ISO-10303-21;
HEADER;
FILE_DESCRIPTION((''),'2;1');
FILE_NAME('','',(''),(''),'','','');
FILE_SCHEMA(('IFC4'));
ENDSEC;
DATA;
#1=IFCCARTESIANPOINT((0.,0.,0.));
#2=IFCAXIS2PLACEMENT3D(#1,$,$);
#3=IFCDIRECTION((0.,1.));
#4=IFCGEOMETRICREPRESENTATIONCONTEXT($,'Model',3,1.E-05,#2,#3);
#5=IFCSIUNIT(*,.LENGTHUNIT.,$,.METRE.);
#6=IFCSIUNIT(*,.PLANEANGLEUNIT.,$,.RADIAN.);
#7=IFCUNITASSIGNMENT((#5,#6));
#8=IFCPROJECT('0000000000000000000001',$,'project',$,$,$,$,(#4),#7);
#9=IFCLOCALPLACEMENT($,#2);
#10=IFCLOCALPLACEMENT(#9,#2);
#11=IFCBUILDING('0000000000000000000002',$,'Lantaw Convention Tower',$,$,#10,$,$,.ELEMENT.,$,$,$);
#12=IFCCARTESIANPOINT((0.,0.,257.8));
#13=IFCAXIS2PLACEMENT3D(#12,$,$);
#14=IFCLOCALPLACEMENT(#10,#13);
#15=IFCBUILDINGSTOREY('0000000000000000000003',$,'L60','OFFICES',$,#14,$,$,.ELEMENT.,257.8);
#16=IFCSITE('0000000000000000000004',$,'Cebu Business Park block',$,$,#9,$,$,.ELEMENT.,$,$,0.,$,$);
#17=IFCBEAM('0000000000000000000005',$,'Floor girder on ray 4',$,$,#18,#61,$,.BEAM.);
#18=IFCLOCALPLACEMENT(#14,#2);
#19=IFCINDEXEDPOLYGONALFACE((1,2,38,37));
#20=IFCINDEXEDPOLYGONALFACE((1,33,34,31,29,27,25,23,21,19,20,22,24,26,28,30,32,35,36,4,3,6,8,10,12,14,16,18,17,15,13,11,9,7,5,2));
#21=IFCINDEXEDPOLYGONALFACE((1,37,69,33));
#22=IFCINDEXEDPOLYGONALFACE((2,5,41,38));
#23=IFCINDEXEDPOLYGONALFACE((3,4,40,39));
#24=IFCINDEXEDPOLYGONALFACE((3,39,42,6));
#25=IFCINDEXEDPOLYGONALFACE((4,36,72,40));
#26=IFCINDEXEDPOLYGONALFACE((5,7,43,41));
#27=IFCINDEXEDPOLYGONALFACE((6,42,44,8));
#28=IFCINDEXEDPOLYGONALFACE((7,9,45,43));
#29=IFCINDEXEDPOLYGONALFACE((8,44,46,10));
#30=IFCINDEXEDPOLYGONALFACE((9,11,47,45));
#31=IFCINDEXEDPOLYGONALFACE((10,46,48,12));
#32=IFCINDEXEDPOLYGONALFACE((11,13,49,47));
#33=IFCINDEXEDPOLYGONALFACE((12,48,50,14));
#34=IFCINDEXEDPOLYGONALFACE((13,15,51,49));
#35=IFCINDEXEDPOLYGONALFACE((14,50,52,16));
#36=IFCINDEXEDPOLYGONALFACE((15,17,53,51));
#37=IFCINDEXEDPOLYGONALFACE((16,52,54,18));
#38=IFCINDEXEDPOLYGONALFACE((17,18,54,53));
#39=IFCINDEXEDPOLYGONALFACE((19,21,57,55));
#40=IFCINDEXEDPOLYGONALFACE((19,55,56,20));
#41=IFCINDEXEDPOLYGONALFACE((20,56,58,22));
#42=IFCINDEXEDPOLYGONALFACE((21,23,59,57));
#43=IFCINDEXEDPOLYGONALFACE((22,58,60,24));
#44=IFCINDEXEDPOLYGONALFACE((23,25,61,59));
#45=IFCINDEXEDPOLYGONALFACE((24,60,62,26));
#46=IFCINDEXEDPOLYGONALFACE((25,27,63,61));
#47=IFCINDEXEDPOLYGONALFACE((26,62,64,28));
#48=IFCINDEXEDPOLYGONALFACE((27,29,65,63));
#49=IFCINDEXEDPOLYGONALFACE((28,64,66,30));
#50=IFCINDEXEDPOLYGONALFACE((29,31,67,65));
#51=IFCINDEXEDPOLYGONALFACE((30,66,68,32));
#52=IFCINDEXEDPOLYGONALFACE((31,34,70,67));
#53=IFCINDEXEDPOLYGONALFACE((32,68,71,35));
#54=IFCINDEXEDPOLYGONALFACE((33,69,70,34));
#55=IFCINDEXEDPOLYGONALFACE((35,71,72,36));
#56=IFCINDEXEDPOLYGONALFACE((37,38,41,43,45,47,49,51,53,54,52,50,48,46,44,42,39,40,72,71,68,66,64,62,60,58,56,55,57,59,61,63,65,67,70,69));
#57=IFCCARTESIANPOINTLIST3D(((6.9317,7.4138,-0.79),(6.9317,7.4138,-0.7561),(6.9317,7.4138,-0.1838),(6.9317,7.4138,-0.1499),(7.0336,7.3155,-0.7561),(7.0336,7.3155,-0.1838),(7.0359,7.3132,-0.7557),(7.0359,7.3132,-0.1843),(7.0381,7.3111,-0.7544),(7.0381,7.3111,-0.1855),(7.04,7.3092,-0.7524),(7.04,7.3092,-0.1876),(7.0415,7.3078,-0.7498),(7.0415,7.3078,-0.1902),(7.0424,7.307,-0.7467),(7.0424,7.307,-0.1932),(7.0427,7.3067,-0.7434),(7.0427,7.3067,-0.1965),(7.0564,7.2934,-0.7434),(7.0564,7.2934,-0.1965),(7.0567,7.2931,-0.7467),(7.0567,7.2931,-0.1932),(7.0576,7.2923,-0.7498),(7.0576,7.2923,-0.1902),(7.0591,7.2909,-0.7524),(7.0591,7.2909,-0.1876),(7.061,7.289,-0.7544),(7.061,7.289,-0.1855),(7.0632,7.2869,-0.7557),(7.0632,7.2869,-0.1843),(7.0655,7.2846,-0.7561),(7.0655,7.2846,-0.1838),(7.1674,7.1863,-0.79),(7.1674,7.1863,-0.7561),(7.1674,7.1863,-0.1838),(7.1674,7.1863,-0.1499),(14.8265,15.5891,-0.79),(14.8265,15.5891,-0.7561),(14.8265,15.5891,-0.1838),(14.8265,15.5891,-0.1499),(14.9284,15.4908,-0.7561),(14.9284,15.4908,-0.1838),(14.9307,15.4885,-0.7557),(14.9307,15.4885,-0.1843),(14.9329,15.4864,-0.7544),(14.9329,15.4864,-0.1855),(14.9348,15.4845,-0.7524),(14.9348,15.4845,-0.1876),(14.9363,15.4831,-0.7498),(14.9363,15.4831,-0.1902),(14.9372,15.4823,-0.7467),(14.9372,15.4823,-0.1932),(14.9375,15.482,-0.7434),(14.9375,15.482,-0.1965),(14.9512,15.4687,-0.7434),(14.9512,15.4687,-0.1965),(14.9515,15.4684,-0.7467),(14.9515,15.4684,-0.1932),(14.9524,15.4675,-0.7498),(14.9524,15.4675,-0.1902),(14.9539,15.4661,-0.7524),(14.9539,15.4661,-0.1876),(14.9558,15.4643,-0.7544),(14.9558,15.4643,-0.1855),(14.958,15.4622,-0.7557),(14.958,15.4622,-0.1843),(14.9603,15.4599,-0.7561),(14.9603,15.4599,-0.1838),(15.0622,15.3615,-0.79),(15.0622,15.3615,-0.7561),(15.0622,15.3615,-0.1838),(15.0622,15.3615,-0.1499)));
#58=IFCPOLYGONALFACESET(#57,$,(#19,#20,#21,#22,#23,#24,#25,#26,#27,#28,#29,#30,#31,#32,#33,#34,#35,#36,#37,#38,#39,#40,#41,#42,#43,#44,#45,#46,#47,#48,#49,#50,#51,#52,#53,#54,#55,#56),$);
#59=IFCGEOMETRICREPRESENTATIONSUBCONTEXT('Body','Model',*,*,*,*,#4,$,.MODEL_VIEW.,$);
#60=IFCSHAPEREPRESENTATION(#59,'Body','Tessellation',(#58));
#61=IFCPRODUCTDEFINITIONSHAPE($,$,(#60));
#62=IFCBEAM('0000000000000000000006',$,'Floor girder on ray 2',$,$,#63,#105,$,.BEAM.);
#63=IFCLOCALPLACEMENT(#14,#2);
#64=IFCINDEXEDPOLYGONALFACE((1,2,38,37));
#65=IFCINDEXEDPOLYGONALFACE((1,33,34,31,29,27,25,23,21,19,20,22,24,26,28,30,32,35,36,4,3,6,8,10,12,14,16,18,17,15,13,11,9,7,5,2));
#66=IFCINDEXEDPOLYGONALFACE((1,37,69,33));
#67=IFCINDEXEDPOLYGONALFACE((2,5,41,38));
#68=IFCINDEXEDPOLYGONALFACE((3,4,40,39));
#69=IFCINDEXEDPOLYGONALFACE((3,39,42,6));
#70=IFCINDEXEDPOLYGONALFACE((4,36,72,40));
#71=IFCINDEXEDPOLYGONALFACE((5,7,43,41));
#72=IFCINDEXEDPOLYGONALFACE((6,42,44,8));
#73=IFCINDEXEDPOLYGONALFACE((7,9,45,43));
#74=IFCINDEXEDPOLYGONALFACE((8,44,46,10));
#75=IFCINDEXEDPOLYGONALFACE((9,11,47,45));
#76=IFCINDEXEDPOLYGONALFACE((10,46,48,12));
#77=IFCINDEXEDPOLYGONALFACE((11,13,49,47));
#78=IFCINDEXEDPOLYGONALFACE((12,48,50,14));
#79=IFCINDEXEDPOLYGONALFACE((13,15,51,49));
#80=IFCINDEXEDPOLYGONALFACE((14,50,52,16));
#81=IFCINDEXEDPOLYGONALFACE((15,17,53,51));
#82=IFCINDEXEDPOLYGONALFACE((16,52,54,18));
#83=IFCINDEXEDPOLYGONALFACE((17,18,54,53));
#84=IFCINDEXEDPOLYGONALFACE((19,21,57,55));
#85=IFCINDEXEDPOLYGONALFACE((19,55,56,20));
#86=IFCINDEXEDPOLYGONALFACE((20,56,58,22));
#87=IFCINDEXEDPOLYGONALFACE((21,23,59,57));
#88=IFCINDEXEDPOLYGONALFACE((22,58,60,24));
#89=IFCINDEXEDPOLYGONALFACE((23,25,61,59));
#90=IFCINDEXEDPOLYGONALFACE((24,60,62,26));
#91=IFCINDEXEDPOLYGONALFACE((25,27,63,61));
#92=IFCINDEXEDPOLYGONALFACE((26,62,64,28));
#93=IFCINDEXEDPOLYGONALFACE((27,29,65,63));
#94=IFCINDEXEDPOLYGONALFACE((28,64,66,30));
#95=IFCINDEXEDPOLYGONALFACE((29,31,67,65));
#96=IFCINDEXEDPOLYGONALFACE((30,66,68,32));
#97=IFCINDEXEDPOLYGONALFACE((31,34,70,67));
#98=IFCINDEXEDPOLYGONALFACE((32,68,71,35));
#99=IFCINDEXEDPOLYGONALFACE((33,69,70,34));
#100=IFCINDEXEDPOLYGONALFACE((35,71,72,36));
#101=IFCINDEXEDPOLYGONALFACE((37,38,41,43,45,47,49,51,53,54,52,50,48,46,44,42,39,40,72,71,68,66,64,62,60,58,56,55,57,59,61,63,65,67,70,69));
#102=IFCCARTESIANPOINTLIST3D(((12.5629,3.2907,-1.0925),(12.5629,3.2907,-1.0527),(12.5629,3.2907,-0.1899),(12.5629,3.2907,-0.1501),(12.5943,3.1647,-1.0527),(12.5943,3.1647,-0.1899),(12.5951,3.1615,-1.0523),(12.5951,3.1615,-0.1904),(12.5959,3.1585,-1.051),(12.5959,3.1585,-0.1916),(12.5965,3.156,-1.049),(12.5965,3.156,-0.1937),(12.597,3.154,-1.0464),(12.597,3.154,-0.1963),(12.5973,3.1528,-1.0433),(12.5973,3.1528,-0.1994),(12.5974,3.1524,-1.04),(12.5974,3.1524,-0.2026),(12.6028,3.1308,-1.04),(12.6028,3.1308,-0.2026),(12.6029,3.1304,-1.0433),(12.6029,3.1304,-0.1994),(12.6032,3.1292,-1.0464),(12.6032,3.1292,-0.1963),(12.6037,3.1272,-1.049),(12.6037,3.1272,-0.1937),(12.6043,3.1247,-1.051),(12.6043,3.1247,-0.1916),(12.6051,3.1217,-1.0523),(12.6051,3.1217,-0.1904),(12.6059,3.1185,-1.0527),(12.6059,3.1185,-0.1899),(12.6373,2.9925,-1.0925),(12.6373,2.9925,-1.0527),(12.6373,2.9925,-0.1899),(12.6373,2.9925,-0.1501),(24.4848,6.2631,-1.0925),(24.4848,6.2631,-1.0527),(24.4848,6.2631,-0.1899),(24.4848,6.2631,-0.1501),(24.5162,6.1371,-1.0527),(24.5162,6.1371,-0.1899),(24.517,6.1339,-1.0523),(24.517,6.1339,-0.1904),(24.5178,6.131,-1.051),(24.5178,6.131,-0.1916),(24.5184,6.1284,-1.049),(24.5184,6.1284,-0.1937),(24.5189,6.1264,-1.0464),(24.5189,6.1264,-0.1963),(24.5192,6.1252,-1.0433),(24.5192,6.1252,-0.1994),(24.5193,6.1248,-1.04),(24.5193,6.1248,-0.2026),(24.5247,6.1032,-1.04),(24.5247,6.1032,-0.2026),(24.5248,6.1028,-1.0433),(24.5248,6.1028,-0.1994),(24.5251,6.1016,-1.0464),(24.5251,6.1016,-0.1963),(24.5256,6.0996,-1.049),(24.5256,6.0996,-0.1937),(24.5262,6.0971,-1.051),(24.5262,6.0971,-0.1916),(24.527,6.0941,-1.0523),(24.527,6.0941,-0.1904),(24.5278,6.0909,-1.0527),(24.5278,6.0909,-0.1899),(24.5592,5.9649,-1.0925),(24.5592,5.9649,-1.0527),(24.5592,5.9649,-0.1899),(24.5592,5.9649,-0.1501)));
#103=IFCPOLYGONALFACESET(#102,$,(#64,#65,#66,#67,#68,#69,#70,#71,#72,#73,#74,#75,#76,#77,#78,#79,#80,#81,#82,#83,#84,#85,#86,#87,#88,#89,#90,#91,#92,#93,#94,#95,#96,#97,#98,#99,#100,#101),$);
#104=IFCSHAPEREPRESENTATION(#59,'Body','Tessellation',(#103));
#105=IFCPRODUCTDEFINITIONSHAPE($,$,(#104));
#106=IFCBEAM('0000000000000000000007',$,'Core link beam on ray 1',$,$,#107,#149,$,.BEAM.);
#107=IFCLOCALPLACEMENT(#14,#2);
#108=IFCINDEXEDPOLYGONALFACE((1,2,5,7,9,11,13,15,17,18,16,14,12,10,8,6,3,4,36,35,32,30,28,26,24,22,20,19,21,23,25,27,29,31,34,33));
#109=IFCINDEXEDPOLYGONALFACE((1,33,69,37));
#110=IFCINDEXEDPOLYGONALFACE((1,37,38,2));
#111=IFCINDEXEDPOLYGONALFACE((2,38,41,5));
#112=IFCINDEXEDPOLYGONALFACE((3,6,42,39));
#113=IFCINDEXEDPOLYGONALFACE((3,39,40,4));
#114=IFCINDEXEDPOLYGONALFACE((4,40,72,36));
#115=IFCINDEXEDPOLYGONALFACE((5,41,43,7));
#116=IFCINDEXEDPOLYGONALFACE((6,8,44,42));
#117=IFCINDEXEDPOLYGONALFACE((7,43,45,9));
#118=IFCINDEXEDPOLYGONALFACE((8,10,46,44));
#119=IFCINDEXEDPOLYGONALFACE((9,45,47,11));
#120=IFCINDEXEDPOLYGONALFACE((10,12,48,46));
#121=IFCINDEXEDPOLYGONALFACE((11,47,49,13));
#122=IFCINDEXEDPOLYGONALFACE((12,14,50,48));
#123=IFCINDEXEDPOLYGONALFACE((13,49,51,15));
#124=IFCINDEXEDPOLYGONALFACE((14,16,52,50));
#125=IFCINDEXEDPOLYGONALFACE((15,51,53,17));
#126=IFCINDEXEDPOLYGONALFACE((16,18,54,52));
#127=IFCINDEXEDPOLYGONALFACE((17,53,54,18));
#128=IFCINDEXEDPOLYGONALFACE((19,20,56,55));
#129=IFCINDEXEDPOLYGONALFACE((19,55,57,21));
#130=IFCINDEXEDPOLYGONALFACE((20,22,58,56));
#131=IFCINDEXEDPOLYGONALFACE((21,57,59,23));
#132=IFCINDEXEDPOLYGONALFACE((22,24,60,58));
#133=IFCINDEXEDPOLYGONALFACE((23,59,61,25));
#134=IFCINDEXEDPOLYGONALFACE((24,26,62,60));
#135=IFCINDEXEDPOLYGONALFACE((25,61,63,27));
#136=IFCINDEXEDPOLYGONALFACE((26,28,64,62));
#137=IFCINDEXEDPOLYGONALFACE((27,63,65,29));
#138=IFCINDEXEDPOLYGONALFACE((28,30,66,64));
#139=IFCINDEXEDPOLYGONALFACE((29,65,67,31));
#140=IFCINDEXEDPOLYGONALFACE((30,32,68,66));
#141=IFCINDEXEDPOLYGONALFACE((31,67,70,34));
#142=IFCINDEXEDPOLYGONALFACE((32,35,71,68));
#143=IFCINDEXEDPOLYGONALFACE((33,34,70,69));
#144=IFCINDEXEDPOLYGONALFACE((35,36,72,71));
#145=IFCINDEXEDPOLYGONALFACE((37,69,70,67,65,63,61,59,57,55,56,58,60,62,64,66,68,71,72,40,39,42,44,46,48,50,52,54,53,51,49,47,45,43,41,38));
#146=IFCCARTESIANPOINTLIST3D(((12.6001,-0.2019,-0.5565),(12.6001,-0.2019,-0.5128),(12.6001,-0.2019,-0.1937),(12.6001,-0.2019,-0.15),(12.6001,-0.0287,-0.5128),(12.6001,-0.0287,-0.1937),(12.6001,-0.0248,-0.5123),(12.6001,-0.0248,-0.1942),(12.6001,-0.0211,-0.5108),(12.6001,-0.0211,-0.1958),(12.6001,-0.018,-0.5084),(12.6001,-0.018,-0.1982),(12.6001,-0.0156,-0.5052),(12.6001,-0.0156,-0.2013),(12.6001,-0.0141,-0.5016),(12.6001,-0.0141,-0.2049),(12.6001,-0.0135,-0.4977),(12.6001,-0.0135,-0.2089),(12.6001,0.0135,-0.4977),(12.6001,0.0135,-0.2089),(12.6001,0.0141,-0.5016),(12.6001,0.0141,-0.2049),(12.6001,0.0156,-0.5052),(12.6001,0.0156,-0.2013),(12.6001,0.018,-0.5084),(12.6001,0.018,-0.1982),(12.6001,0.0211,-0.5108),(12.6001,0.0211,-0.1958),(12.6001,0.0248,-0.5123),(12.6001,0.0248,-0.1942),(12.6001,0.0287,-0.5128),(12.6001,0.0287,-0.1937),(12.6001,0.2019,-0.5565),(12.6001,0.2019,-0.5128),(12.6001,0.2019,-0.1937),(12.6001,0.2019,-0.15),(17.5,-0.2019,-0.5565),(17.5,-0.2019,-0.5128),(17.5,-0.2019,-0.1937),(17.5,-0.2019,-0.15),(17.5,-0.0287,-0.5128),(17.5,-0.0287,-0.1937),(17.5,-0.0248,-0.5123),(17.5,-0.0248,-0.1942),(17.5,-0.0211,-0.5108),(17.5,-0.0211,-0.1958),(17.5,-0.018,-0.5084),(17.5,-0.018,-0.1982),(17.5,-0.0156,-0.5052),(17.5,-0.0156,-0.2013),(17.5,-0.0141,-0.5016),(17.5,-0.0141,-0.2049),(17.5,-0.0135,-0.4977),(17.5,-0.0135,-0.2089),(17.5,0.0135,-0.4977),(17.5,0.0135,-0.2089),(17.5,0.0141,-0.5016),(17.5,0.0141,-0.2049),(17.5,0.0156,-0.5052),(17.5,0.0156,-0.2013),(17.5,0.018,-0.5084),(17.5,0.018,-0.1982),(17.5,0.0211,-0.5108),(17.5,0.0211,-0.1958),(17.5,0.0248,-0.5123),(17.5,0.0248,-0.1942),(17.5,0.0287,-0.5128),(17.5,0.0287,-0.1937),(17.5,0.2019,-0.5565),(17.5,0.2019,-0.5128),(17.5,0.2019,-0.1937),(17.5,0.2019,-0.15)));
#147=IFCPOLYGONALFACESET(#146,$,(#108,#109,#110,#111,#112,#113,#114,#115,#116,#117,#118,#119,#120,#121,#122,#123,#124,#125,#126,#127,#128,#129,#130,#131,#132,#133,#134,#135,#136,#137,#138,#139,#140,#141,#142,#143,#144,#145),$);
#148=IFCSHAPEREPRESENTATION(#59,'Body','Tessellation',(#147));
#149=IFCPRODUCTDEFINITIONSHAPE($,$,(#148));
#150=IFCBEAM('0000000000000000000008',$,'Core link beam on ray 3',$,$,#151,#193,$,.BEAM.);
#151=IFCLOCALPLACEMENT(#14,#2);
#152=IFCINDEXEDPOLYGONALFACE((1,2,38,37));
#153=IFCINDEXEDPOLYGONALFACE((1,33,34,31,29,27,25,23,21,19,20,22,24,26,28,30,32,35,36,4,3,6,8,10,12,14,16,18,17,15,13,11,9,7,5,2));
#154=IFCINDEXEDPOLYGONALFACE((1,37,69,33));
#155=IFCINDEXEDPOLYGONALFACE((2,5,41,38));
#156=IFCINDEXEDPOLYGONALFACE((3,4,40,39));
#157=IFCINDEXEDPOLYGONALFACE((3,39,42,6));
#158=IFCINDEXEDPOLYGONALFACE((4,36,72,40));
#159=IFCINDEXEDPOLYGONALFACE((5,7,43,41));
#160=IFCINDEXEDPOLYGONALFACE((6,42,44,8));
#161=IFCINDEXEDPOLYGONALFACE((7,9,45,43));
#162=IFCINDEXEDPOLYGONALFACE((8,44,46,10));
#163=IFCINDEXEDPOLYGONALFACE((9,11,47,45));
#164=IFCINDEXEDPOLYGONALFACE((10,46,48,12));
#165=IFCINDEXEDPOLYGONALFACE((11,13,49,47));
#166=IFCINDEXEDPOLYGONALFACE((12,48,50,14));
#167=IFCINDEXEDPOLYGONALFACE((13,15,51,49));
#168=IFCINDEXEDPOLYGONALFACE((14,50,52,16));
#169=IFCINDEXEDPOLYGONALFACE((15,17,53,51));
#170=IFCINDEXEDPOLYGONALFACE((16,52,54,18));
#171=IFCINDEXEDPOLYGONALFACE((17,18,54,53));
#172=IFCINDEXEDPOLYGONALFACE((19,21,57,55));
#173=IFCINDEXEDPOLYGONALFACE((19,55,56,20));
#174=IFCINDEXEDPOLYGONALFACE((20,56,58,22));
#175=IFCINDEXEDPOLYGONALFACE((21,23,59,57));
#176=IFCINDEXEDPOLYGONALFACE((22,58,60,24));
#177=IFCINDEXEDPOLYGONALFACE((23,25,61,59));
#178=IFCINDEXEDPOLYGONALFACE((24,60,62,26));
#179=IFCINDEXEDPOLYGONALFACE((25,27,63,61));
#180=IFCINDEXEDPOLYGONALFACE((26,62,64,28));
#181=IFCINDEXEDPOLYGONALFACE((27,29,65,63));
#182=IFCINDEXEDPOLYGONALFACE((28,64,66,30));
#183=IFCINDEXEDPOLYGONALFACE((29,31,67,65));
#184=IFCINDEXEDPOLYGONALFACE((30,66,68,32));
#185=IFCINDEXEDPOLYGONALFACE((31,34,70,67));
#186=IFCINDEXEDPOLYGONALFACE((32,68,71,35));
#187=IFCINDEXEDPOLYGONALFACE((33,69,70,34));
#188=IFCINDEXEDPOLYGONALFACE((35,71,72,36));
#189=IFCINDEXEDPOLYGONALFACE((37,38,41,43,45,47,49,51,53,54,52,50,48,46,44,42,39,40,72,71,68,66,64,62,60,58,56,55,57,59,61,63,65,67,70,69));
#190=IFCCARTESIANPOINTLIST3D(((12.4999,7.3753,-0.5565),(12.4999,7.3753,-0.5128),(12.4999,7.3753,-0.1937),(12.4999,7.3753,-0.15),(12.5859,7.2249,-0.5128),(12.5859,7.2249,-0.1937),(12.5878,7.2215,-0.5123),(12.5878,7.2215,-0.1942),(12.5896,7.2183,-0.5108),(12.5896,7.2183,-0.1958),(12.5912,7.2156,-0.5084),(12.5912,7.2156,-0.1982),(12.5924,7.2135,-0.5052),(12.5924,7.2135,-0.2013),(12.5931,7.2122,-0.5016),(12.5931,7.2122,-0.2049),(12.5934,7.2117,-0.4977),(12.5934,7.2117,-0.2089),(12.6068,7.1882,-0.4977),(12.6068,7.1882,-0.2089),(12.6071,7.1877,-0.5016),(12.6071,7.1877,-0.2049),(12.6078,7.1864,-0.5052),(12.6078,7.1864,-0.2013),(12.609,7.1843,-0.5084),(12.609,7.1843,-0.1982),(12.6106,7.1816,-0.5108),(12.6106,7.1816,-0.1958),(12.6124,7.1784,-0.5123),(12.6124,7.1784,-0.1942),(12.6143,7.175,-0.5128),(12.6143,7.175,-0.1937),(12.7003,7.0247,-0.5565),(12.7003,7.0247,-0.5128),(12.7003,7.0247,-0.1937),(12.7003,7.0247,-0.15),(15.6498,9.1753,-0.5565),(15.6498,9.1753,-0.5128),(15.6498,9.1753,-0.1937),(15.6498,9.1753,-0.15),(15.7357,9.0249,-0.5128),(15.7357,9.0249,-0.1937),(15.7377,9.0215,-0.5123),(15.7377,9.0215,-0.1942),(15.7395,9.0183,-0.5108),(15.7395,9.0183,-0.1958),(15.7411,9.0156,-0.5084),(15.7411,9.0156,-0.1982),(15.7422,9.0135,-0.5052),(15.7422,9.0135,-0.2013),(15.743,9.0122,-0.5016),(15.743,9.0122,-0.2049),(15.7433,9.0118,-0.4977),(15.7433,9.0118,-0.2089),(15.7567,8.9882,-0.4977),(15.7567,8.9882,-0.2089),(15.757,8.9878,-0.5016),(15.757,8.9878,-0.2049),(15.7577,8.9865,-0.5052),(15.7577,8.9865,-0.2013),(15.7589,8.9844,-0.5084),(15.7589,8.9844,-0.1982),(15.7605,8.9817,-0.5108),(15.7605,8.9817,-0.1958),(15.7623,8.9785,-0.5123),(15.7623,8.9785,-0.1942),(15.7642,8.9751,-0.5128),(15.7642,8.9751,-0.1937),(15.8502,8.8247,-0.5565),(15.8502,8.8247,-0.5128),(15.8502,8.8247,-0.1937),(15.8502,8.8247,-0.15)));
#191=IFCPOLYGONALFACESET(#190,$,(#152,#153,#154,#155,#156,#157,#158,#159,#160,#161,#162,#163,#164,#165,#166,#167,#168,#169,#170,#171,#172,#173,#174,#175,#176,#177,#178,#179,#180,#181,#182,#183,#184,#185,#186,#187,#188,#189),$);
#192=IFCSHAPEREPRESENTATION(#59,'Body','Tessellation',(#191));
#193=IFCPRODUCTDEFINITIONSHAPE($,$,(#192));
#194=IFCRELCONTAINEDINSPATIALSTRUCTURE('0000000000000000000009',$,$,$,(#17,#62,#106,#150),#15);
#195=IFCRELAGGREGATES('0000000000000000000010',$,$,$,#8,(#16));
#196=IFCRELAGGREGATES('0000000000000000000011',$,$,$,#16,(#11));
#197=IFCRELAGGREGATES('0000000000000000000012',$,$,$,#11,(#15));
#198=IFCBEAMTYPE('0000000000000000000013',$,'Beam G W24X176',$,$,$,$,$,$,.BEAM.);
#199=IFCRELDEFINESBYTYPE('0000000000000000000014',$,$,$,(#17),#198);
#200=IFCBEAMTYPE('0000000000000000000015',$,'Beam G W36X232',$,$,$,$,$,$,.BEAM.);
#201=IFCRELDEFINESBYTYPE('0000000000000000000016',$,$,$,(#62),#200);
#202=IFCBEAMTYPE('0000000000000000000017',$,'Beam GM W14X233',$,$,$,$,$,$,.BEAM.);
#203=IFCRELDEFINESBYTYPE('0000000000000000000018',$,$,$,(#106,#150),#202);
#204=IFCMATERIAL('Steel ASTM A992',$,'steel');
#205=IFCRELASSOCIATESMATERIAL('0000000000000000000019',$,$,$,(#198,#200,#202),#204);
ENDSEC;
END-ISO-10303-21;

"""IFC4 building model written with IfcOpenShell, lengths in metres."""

from ifc_helpers import new_model, si_unit, direction, frame, origin, origin_2d, place, context, subcontext, project, spatial, i_section, extrude, material, material_profile, profile_set, type_object, element, save


model = new_model("IFC4")

# Units and contexts
model_context = context("Model", 3, precision=1e-05, world=origin(), true_north=direction((0.0, 1.0)))
body_context = subcontext(model_context, "Body", "Model", "MODEL_VIEW")
ifc_project = project(units=[si_unit("LENGTHUNIT", "METRE"), si_unit("PLANEANGLEUNIT", "RADIAN")], contexts=[model_context])

# Site, building, storey
site_placement = place(None, origin())
site = spatial("IfcSite", under=ifc_project, at=site_placement, Name="Cebu Business Park block", CompositionType="ELEMENT", RefElevation=0.0)
building_placement = place(site_placement, origin())
building = spatial("IfcBuilding", under=site, at=building_placement, Name="Lantaw Convention Tower", CompositionType="ELEMENT")
storey_placement = place(building_placement, frame((0.0, 0.0, 257.8)))
storey = spatial("IfcBuildingStorey", under=building, at=storey_placement, Name="L60", Description="OFFICES", CompositionType="ELEMENT", Elevation=257.8)

# Beams
ifc_material_1 = material(Name="Steel ASTM A992", Category="steel")
ifc_material_profile_1 = material_profile(ifc_material_1, i_section(OverallWidth=0.3276, OverallDepth=0.6401, WebThickness=0.019, FlangeThickness=0.0339, FilletRadius=0.0127, at=origin_2d()), Name="W24X176")
ifc_profile_set_1 = profile_set([ifc_material_profile_1], Name="Steel ASTM A992")
beam_type_1 = type_object("IfcBeamType", Name="Beam G W24X176", PredefinedType="BEAM", material=ifc_profile_set_1)
beam_1_placement = place(storey_placement, frame((7.0496, 7.3, -0.47), z_axis=(0.694658, 0.71934, 0.0), x_axis=(-0.71934, 0.694658, 0.0)))
element("IfcBeam", 1, at=beam_1_placement, inside=storey, type_object=beam_type_1, Name="Floor girder on ray 4", PredefinedType="BEAM", context=body_context, shape_type="SweptSolid", body=[
    extrude(i_section(OverallWidth=0.3276, OverallDepth=0.6401, WebThickness=0.019, FlangeThickness=0.0339, FilletRadius=0.0127, at=origin_2d()), origin(), (0.0, 0.0, 1.0), 11.365),
])
ifc_material_profile_2 = material_profile(ifc_material_1, i_section(OverallWidth=0.3074, OverallDepth=0.9424, WebThickness=0.0222, FlangeThickness=0.0398, FilletRadius=0.0127, at=origin_2d()), Name="W36X232")
ifc_profile_set_2 = profile_set([ifc_material_profile_2], Name="Steel ASTM A992")
beam_type_2 = type_object("IfcBeamType", Name="Beam G W36X232", PredefinedType="BEAM", material=ifc_profile_set_2)
beam_2_placement = place(storey_placement, frame((12.6001, 3.1416, -0.6213), z_axis=(0.970297, 0.241918, 0.0), x_axis=(-0.241918, 0.970297, 0.0)))
element("IfcBeam", 2, at=beam_2_placement, inside=storey, type_object=beam_type_2, Name="Floor girder on ray 2", PredefinedType="BEAM", context=body_context, shape_type="SweptSolid", body=[
    extrude(i_section(OverallWidth=0.3074, OverallDepth=0.9424, WebThickness=0.0222, FlangeThickness=0.0398, FilletRadius=0.0127, at=origin_2d()), origin(), (0.0, 0.0, 1.0), 12.2869),
])
ifc_material_profile_3 = material_profile(ifc_material_1, i_section(OverallWidth=0.4038, OverallDepth=0.4065, WebThickness=0.0271, FlangeThickness=0.0437, FilletRadius=0.0151, at=origin_2d()), Name="W14X233")
ifc_profile_set_3 = profile_set([ifc_material_profile_3], Name="Steel ASTM A992")
beam_type_3 = type_object("IfcBeamType", Name="Beam GM W14X233", PredefinedType="BEAM", material=ifc_profile_set_3)
beam_3_placement = place(storey_placement, frame((12.6001, 0.0, -0.3533), z_axis=(1.0, 0.0, 0.0), x_axis=(0.0, 1.0, 0.0)))
element("IfcBeam", 3, at=beam_3_placement, inside=storey, type_object=beam_type_3, Name="Core link beam on ray 1", PredefinedType="BEAM", context=body_context, shape_type="SweptSolid", body=[
    extrude(i_section(OverallWidth=0.4038, OverallDepth=0.4065, WebThickness=0.0271, FlangeThickness=0.0437, FilletRadius=0.0151, at=origin_2d()), origin(), (0.0, 0.0, 1.0), 4.8999),
])
beam_4_placement = place(storey_placement, frame((12.6001, 7.2, -0.3533), z_axis=(0.868231, 0.496161, 0.0), x_axis=(-0.496161, 0.868231, 0.0)))
element("IfcBeam", 4, at=beam_4_placement, inside=storey, type_object=beam_type_3, Name="Core link beam on ray 3", PredefinedType="BEAM", context=body_context, shape_type="SweptSolid", body=[
    extrude(i_section(OverallWidth=0.4038, OverallDepth=0.4065, WebThickness=0.0271, FlangeThickness=0.0437, FilletRadius=0.0151, at=origin_2d()), origin(), (0.0, 0.0, 1.0), 3.6279),
])

save(model, "model.ifc")
